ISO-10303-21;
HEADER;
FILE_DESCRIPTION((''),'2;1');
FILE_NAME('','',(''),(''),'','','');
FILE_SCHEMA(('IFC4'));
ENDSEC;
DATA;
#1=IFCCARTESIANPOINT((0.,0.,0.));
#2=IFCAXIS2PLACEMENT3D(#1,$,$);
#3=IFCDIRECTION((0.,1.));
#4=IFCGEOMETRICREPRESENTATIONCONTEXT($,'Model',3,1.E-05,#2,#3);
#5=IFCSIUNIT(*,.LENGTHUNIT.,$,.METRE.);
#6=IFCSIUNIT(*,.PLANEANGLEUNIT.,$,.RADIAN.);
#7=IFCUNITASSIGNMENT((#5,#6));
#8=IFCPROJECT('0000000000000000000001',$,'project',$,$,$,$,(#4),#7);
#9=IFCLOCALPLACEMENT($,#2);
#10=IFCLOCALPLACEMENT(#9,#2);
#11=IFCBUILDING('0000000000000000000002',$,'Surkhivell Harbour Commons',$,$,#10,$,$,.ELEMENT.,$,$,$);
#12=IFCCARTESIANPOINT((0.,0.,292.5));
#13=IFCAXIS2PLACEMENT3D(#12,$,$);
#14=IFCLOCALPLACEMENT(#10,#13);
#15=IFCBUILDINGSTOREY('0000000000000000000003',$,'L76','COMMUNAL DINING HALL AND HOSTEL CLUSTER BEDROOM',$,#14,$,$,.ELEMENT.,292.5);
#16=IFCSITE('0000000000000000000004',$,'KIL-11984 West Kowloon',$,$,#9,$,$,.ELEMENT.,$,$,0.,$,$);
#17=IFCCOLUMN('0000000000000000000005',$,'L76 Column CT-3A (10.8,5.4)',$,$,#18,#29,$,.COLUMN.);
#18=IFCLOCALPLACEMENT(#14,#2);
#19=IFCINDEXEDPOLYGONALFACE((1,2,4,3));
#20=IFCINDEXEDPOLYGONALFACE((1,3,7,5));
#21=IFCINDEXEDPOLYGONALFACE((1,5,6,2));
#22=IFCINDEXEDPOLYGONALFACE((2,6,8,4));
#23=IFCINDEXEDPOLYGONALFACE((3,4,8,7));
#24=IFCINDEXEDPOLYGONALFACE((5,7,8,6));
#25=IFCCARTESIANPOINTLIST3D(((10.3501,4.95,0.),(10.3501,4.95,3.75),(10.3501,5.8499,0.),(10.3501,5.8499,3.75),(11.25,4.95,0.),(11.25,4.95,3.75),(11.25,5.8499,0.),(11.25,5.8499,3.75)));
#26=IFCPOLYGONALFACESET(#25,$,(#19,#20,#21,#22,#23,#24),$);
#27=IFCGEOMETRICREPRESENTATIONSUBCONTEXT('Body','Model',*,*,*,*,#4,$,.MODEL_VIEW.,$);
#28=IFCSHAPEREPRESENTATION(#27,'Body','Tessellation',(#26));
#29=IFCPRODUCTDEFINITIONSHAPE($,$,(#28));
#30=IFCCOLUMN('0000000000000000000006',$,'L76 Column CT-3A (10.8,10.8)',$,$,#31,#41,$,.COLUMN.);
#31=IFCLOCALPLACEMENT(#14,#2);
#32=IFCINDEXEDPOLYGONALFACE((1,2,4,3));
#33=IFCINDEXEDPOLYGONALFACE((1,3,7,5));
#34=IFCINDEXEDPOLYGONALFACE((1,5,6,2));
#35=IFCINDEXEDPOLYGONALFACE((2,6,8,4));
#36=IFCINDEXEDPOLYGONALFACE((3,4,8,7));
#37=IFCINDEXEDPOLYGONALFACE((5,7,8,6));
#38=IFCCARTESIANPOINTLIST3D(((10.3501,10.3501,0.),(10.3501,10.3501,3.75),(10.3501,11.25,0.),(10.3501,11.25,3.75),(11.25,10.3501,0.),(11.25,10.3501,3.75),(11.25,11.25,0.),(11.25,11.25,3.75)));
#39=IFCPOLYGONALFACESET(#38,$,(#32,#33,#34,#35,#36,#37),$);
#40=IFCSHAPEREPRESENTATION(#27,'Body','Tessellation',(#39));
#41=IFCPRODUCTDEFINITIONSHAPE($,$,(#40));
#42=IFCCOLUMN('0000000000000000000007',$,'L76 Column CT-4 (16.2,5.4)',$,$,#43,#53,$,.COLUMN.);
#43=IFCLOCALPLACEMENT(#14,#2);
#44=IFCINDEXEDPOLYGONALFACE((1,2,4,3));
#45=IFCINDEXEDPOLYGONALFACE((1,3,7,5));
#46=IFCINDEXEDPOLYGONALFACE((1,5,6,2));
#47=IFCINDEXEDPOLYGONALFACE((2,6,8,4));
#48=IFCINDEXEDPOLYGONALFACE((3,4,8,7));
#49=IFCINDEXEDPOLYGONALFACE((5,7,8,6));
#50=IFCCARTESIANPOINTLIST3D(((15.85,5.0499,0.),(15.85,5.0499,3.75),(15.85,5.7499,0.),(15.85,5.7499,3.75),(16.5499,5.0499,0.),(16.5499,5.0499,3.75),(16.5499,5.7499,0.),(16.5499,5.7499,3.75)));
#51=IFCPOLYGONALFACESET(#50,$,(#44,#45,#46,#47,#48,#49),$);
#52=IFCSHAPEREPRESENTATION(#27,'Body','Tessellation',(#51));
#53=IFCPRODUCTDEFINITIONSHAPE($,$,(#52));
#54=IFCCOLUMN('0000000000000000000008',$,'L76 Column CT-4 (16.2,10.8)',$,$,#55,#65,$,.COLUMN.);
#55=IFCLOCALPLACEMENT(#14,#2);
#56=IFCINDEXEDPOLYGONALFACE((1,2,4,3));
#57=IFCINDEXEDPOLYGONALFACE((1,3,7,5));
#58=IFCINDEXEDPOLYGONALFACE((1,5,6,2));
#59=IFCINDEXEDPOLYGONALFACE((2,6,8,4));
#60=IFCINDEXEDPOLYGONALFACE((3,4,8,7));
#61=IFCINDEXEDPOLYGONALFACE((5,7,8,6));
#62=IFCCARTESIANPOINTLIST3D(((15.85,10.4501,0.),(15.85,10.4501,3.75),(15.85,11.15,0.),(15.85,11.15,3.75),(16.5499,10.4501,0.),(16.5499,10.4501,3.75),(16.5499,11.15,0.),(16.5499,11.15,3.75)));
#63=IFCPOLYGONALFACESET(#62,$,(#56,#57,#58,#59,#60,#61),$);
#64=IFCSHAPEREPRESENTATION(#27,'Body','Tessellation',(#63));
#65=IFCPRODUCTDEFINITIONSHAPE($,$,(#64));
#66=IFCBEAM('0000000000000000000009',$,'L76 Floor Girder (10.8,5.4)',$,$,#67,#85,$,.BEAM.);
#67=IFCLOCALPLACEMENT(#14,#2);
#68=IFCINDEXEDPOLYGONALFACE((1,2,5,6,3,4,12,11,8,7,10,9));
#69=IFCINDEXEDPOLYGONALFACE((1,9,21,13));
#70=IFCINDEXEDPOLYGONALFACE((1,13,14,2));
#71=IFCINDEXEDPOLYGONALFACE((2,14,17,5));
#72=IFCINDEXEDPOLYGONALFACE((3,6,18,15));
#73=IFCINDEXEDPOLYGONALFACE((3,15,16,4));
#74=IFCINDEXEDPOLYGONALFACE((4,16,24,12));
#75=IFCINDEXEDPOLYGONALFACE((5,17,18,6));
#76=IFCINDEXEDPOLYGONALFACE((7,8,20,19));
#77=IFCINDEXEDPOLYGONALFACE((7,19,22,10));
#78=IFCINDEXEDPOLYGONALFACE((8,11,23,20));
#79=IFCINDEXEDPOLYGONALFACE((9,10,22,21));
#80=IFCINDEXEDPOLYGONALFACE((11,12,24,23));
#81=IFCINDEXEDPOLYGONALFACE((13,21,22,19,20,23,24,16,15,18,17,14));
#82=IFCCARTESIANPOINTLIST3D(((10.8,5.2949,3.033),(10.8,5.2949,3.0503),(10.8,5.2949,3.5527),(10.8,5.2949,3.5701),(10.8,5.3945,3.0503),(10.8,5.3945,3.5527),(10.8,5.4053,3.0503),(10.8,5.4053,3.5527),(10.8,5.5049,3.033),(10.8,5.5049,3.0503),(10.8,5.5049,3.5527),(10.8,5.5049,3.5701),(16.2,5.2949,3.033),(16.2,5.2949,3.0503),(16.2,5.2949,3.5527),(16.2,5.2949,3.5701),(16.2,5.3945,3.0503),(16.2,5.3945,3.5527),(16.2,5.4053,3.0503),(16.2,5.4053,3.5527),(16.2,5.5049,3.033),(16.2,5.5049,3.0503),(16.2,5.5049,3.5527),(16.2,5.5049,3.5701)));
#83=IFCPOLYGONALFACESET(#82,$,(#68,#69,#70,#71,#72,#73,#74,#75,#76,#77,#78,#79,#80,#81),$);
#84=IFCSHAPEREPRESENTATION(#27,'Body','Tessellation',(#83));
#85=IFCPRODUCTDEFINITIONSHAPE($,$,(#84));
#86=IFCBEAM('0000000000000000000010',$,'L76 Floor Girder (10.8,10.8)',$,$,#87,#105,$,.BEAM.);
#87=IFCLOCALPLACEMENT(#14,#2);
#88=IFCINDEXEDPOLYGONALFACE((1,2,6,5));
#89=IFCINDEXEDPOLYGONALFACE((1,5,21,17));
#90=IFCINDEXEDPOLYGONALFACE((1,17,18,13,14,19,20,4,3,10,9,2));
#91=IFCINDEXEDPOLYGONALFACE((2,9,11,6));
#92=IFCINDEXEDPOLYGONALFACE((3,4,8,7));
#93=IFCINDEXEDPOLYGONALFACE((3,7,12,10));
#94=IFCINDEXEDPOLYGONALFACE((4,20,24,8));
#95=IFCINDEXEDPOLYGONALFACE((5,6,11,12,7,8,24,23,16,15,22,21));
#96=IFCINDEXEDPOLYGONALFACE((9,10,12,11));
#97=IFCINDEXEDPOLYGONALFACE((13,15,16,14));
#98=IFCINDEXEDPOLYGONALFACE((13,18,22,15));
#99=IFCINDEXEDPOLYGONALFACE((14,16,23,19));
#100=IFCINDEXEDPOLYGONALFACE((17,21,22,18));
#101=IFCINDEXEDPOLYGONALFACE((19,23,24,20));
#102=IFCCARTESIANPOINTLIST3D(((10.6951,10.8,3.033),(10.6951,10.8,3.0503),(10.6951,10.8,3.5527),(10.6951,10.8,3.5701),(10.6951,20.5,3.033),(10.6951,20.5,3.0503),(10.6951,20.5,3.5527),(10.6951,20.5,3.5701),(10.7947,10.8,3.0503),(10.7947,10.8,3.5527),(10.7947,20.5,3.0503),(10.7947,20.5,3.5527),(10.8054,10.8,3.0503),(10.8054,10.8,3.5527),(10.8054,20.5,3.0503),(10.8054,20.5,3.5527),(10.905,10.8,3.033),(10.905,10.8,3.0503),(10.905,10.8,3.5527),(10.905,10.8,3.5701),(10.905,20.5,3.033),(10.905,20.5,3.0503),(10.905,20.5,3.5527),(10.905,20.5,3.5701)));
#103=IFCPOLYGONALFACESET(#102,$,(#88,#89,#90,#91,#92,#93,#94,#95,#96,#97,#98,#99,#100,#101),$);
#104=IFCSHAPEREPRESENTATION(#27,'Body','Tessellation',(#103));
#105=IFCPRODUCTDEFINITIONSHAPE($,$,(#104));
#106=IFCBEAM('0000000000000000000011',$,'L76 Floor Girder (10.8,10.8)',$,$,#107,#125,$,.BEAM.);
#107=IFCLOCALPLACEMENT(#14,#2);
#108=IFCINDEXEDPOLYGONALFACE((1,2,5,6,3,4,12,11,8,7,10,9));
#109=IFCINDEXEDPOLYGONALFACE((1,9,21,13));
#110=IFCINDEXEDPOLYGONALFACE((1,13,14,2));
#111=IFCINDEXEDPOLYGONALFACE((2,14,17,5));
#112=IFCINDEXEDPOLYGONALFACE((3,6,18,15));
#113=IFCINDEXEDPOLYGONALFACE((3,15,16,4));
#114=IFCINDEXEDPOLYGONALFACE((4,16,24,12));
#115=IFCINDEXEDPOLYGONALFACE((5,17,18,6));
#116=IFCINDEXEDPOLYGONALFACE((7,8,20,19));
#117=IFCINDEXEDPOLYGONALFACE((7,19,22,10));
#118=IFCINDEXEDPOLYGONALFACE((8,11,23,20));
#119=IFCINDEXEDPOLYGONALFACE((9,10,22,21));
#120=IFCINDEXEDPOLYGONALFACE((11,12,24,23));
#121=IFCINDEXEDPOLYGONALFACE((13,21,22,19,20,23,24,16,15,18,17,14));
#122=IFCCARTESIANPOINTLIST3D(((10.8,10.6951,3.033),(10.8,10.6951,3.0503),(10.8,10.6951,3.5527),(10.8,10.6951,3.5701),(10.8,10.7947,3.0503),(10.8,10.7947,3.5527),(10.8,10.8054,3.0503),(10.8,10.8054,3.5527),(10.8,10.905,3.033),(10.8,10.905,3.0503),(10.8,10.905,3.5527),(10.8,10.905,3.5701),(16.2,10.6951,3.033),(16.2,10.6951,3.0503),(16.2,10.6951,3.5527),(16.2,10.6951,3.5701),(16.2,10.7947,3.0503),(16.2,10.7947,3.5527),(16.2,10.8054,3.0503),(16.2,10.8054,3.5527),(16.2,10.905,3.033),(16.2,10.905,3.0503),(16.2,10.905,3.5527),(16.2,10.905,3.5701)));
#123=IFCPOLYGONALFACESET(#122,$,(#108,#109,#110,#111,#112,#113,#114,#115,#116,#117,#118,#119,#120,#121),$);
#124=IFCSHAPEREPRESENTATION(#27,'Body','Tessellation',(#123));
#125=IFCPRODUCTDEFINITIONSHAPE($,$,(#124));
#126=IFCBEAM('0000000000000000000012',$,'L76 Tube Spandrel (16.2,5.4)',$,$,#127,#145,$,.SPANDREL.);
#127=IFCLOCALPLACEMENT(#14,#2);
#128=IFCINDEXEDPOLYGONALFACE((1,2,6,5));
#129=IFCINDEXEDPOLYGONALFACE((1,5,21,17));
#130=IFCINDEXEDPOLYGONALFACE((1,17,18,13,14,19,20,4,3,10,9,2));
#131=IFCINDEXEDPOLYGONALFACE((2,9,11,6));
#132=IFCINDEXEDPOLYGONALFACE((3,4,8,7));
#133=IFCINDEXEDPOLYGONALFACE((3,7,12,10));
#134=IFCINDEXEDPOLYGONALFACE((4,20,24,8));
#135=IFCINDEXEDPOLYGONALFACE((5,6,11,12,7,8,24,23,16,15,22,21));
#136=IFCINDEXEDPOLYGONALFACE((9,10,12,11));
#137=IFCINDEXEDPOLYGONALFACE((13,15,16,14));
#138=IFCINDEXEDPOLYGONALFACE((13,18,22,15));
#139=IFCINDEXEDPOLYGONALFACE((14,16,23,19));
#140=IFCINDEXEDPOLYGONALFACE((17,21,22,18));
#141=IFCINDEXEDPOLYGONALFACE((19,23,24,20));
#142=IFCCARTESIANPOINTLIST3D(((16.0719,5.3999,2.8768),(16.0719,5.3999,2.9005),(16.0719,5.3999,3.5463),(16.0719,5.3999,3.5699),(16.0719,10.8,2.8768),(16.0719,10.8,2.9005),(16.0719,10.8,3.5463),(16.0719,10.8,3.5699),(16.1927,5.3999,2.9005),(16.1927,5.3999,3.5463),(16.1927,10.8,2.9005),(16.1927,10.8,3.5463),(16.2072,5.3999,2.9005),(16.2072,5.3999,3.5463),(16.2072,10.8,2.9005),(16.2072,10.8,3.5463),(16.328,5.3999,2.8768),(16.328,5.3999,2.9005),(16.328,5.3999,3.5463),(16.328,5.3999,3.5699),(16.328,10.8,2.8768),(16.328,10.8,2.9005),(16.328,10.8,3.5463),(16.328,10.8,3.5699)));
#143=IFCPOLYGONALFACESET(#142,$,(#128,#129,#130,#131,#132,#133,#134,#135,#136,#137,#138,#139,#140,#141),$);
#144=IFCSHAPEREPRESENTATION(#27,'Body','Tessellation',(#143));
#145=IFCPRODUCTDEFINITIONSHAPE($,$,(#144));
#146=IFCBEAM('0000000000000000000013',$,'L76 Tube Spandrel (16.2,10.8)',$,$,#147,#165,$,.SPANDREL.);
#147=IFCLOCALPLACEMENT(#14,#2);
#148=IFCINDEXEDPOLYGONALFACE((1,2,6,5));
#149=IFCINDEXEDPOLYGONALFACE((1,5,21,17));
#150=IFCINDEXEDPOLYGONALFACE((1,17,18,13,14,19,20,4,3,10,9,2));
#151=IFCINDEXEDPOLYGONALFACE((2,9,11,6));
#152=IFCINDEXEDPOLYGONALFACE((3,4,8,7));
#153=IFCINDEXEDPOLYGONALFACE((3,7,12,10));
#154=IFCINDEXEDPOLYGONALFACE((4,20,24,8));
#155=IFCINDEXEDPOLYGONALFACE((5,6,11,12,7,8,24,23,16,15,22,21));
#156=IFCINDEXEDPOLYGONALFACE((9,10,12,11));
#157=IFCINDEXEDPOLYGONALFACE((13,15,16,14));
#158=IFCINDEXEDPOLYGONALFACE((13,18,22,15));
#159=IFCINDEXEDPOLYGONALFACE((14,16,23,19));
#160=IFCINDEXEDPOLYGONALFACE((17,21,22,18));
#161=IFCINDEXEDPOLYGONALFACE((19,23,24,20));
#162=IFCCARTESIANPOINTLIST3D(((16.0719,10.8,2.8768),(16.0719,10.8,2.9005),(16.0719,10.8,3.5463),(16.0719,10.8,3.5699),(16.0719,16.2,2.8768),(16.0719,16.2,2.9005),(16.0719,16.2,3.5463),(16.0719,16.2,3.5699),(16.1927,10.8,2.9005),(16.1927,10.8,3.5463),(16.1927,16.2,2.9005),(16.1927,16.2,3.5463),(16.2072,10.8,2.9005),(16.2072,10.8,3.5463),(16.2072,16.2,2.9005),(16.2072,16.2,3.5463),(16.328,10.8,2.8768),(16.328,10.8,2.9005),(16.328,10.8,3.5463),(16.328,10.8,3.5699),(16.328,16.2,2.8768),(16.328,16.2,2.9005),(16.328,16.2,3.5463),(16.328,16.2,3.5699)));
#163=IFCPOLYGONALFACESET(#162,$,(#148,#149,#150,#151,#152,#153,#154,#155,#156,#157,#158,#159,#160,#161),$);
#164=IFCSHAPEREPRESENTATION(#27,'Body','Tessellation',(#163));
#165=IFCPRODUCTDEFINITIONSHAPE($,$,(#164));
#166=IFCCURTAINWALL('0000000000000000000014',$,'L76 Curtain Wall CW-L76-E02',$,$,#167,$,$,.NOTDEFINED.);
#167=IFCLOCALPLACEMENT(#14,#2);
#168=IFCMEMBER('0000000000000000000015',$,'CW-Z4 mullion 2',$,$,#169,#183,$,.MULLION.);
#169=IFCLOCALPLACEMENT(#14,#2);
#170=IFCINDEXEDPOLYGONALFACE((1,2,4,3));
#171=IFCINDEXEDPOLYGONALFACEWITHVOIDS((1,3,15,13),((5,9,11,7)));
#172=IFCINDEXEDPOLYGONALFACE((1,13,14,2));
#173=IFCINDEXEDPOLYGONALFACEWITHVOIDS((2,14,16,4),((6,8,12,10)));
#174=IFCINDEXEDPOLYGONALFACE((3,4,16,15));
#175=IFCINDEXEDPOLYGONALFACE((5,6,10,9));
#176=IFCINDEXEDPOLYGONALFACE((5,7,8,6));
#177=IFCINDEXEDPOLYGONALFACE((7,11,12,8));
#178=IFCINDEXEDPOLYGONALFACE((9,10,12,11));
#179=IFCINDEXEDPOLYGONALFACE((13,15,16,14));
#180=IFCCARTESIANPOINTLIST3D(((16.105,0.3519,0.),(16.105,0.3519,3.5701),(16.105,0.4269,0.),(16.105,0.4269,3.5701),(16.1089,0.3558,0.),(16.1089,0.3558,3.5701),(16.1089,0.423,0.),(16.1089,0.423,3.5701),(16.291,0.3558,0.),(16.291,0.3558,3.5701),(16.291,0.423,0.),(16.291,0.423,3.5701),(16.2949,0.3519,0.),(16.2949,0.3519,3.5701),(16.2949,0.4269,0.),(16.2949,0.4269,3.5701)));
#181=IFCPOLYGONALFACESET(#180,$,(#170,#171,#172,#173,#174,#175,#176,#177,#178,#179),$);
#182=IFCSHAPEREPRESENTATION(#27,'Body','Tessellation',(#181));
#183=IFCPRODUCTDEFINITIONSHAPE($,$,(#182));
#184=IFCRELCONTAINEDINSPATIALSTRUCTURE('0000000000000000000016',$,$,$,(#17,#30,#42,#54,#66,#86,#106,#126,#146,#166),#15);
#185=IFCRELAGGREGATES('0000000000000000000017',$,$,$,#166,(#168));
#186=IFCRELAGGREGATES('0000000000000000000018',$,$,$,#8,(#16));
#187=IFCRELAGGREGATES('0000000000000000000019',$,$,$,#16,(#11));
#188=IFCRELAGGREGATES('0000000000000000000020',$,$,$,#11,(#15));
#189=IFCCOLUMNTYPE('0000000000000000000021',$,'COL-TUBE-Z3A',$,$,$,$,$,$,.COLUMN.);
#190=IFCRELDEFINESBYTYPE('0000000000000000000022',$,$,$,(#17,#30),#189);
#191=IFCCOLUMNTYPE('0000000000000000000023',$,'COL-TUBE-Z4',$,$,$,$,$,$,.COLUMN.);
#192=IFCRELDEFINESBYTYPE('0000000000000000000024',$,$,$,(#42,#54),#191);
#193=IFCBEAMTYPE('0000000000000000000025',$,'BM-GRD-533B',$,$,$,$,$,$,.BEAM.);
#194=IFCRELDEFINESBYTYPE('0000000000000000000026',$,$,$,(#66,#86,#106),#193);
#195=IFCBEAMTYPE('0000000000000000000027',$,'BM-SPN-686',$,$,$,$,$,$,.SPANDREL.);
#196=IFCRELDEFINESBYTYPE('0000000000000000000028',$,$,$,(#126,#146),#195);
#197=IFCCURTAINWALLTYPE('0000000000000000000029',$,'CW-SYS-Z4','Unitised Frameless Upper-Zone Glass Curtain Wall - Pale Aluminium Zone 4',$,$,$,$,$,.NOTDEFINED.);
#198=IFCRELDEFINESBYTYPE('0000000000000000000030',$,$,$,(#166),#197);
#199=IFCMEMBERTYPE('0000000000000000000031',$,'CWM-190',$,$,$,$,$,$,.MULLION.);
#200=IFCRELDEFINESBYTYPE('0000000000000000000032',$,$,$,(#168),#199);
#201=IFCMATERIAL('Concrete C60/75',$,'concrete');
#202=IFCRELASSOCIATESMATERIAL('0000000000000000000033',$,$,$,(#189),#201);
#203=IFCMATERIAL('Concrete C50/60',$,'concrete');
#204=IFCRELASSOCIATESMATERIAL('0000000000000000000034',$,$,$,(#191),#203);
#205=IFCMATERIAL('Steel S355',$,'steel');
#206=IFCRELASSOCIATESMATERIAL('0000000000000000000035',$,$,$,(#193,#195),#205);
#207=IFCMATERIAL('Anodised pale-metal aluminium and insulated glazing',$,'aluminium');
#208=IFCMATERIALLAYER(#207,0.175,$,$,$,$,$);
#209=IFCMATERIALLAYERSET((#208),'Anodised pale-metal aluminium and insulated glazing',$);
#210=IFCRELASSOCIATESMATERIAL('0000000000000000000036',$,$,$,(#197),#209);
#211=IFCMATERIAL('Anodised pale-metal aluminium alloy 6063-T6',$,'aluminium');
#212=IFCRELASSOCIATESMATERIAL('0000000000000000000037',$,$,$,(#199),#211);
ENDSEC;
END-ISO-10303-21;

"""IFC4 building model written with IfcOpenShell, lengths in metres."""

from ifc_helpers import new_model, si_unit, direction, frame, origin, origin_2d, place, context, subcontext, project, spatial, rectangle, hollow_rectangle, i_section, extrude, material, layer, layer_set, material_profile, profile_set, type_object, element, aggregate, save


model = new_model("IFC4")

# Units and contexts
model_context = context("Model", 3, precision=1e-05, world=origin(), true_north=direction((0.0, 1.0)))
body_context = subcontext(model_context, "Body", "Model", "MODEL_VIEW")
ifc_project = project(units=[si_unit("LENGTHUNIT", "METRE"), si_unit("PLANEANGLEUNIT", "RADIAN")], contexts=[model_context])

# Site, building, storey
site_placement = place(None, origin())
site = spatial("IfcSite", under=ifc_project, at=site_placement, Name="KIL-11984 West Kowloon", CompositionType="ELEMENT", RefElevation=0.0)
building_placement = place(site_placement, origin())
building = spatial("IfcBuilding", under=site, at=building_placement, Name="Surkhivell Harbour Commons", CompositionType="ELEMENT")
storey_placement = place(building_placement, frame((0.0, 0.0, 292.5)))
storey = spatial("IfcBuildingStorey", under=building, at=storey_placement, Name="L76", Description="COMMUNAL DINING HALL AND HOSTEL CLUSTER BEDROOM", CompositionType="ELEMENT", Elevation=292.5)

# Columns
ifc_material_1 = material(Name="Concrete C60/75", Category="concrete")
ifc_material_profile_1 = material_profile(ifc_material_1, rectangle(XDim=0.8999, YDim=0.8999, at=origin_2d()), Name="RC-COL-900x900")
ifc_profile_set_1 = profile_set([ifc_material_profile_1], Name="Concrete C60/75")
column_type_1 = type_object("IfcColumnType", Name="COL-TUBE-Z3A", PredefinedType="COLUMN", material=ifc_profile_set_1)
for number, where, z_axis, x_axis, name in (
    (1, (10.8, 5.3999, 0.0), (0.0, 0.0, 1.0), (1.0, 0.0, 0.0), "L76 Column CT-3A (10.8,5.4)"),
    (2, (10.8, 10.8, 0.0), (0.0, 0.0, 1.0), (1.0, 0.0, 0.0), "L76 Column CT-3A (10.8,10.8)"),
):
    element("IfcColumn", number, at=place(storey_placement, frame(where, z_axis=z_axis, x_axis=x_axis)), inside=storey, type_object=column_type_1, Name=name, PredefinedType="COLUMN", context=body_context, shape_type="SweptSolid", body=[
        extrude(rectangle(XDim=0.8999, YDim=0.8999, at=origin_2d()), origin(), (0.0, 0.0, 1.0), 3.75),
    ])
ifc_material_2 = material(Name="Concrete C50/60", Category="concrete")
ifc_material_profile_2 = material_profile(ifc_material_2, rectangle(XDim=0.7, YDim=0.7, at=origin_2d()), Name="RC-COL-700x700")
ifc_profile_set_2 = profile_set([ifc_material_profile_2], Name="Concrete C50/60")
column_type_2 = type_object("IfcColumnType", Name="COL-TUBE-Z4", PredefinedType="COLUMN", material=ifc_profile_set_2)
for number, where, z_axis, x_axis, name in (
    (3, (16.2, 5.3999, 0.0), (0.0, 0.0, 1.0), (1.0, 0.0, 0.0), "L76 Column CT-4 (16.2,5.4)"),
    (4, (16.2, 10.8, 0.0), (0.0, 0.0, 1.0), (1.0, 0.0, 0.0), "L76 Column CT-4 (16.2,10.8)"),
):
    element("IfcColumn", number, at=place(storey_placement, frame(where, z_axis=z_axis, x_axis=x_axis)), inside=storey, type_object=column_type_2, Name=name, PredefinedType="COLUMN", context=body_context, shape_type="SweptSolid", body=[
        extrude(rectangle(XDim=0.7, YDim=0.7, at=origin_2d()), origin(), (0.0, 0.0, 1.0), 3.75),
    ])

# Beams
ifc_material_3 = material(Name="Steel S355", Category="steel")
ifc_material_profile_3 = material_profile(ifc_material_3, i_section(OverallWidth=0.21, OverallDepth=0.5371, WebThickness=0.0107, FlangeThickness=0.0173, at=origin_2d()), Name="UB533x210x101")
ifc_profile_set_3 = profile_set([ifc_material_profile_3], Name="Steel S355")
beam_type_1 = type_object("IfcBeamType", Name="BM-GRD-533B", PredefinedType="BEAM", material=ifc_profile_set_3)
beam_1_placement = place(storey_placement, frame((10.8, 5.3999, 3.3015), z_axis=(1.0, 0.0, 0.0), x_axis=(0.0, 1.0, 0.0)))
element("IfcBeam", 5, at=beam_1_placement, inside=storey, type_object=beam_type_1, Name="L76 Floor Girder (10.8,5.4)", PredefinedType="BEAM", context=body_context, shape_type="SweptSolid", body=[
    extrude(i_section(OverallWidth=0.21, OverallDepth=0.5371, WebThickness=0.0107, FlangeThickness=0.0173, at=origin_2d()), origin(), (0.0, 0.0, 1.0), 5.3999),
])
beam_2_placement = place(storey_placement, frame((10.8, 10.8, 3.3015), z_axis=(0.0, 1.0, 0.0), x_axis=(-1.0, 0.0, 0.0)))
element("IfcBeam", 6, at=beam_2_placement, inside=storey, type_object=beam_type_1, Name="L76 Floor Girder (10.8,10.8)", PredefinedType="BEAM", context=body_context, shape_type="SweptSolid", body=[
    extrude(i_section(OverallWidth=0.21, OverallDepth=0.5371, WebThickness=0.0107, FlangeThickness=0.0173, at=origin_2d()), origin(), (0.0, 0.0, 1.0), 9.7),
])
beam_3_placement = place(storey_placement, frame((10.8, 10.8, 3.3015), z_axis=(1.0, 0.0, 0.0), x_axis=(0.0, 1.0, 0.0)))
element("IfcBeam", 7, at=beam_3_placement, inside=storey, type_object=beam_type_1, Name="L76 Floor Girder (10.8,10.8)", PredefinedType="BEAM", context=body_context, shape_type="SweptSolid", body=[
    extrude(i_section(OverallWidth=0.21, OverallDepth=0.5371, WebThickness=0.0107, FlangeThickness=0.0173, at=origin_2d()), origin(), (0.0, 0.0, 1.0), 5.3999),
])
ifc_material_profile_4 = material_profile(ifc_material_3, i_section(OverallWidth=0.2561, OverallDepth=0.6931, WebThickness=0.0144, FlangeThickness=0.0237, at=origin_2d()), Name="UB686x254x170")
ifc_profile_set_4 = profile_set([ifc_material_profile_4], Name="Steel S355")
beam_type_2 = type_object("IfcBeamType", Name="BM-SPN-686", PredefinedType="SPANDREL", material=ifc_profile_set_4)
beam_4_placement = place(storey_placement, frame((16.2, 5.3999, 3.2234), z_axis=(0.0, 1.0, 0.0), x_axis=(-1.0, 0.0, 0.0)))
element("IfcBeam", 8, at=beam_4_placement, inside=storey, type_object=beam_type_2, Name="L76 Tube Spandrel (16.2,5.4)", PredefinedType="SPANDREL", context=body_context, shape_type="SweptSolid", body=[
    extrude(i_section(OverallWidth=0.2561, OverallDepth=0.6931, WebThickness=0.0144, FlangeThickness=0.0237, at=origin_2d()), origin(), (0.0, 0.0, 1.0), 5.4001),
])
beam_5_placement = place(storey_placement, frame((16.2, 10.8, 3.2234), z_axis=(0.0, 1.0, 0.0), x_axis=(-1.0, 0.0, 0.0)))
element("IfcBeam", 9, at=beam_5_placement, inside=storey, type_object=beam_type_2, Name="L76 Tube Spandrel (16.2,10.8)", PredefinedType="SPANDREL", context=body_context, shape_type="SweptSolid", body=[
    extrude(i_section(OverallWidth=0.2561, OverallDepth=0.6931, WebThickness=0.0144, FlangeThickness=0.0237, at=origin_2d()), origin(), (0.0, 0.0, 1.0), 5.3999),
])

# Curtain wall, member
ifc_material_4 = material(Name="Anodised pale-metal aluminium and insulated glazing", Category="aluminium")
ifc_layer_1 = layer(ifc_material_4, 0.175)
ifc_layer_set_1 = layer_set([ifc_layer_1], Name="Anodised pale-metal aluminium and insulated glazing")
curtain_wall_type = type_object("IfcCurtainWallType", Name="CW-SYS-Z4", Description="Unitised Frameless Upper-Zone Glass Curtain Wall - Pale Aluminium Zone 4", PredefinedType="NOTDEFINED", material=ifc_layer_set_1)
curtain_wall_placement = place(storey_placement, origin())
curtain_wall = element("IfcCurtainWall", 10, at=curtain_wall_placement, inside=storey, type_object=curtain_wall_type, Name="L76 Curtain Wall CW-L76-E02", PredefinedType="NOTDEFINED")
ifc_material_5 = material(Name="Anodised pale-metal aluminium alloy 6063-T6", Category="aluminium")
ifc_material_profile_5 = material_profile(ifc_material_5, hollow_rectangle(XDim=0.075, YDim=0.1899, WallThickness=0.0039, at=origin_2d()), Name="ALU-MULL-75x190")
ifc_profile_set_5 = profile_set([ifc_material_profile_5], Name="Anodised pale-metal aluminium alloy 6063-T6")
member_type_1 = type_object("IfcMemberType", Name="CWM-190", PredefinedType="MULLION", material=ifc_profile_set_5)
member_1_placement = place(storey_placement, frame((16.2, 0.3894, 0.0), z_axis=(0.0, 0.0, 1.0), x_axis=(0.0, 1.0, 0.0)))
member_1 = element("IfcMember", 11, at=member_1_placement, type_object=member_type_1, Name="CW-Z4 mullion 2", PredefinedType="MULLION", context=body_context, shape_type="SweptSolid", body=[
    extrude(hollow_rectangle(XDim=0.075, YDim=0.1899, WallThickness=0.0039, at=origin_2d()), origin(), (0.0, 0.0, 1.0), 3.5701),
])
aggregate(curtain_wall, [member_1])

save(model, "model.ifc")
